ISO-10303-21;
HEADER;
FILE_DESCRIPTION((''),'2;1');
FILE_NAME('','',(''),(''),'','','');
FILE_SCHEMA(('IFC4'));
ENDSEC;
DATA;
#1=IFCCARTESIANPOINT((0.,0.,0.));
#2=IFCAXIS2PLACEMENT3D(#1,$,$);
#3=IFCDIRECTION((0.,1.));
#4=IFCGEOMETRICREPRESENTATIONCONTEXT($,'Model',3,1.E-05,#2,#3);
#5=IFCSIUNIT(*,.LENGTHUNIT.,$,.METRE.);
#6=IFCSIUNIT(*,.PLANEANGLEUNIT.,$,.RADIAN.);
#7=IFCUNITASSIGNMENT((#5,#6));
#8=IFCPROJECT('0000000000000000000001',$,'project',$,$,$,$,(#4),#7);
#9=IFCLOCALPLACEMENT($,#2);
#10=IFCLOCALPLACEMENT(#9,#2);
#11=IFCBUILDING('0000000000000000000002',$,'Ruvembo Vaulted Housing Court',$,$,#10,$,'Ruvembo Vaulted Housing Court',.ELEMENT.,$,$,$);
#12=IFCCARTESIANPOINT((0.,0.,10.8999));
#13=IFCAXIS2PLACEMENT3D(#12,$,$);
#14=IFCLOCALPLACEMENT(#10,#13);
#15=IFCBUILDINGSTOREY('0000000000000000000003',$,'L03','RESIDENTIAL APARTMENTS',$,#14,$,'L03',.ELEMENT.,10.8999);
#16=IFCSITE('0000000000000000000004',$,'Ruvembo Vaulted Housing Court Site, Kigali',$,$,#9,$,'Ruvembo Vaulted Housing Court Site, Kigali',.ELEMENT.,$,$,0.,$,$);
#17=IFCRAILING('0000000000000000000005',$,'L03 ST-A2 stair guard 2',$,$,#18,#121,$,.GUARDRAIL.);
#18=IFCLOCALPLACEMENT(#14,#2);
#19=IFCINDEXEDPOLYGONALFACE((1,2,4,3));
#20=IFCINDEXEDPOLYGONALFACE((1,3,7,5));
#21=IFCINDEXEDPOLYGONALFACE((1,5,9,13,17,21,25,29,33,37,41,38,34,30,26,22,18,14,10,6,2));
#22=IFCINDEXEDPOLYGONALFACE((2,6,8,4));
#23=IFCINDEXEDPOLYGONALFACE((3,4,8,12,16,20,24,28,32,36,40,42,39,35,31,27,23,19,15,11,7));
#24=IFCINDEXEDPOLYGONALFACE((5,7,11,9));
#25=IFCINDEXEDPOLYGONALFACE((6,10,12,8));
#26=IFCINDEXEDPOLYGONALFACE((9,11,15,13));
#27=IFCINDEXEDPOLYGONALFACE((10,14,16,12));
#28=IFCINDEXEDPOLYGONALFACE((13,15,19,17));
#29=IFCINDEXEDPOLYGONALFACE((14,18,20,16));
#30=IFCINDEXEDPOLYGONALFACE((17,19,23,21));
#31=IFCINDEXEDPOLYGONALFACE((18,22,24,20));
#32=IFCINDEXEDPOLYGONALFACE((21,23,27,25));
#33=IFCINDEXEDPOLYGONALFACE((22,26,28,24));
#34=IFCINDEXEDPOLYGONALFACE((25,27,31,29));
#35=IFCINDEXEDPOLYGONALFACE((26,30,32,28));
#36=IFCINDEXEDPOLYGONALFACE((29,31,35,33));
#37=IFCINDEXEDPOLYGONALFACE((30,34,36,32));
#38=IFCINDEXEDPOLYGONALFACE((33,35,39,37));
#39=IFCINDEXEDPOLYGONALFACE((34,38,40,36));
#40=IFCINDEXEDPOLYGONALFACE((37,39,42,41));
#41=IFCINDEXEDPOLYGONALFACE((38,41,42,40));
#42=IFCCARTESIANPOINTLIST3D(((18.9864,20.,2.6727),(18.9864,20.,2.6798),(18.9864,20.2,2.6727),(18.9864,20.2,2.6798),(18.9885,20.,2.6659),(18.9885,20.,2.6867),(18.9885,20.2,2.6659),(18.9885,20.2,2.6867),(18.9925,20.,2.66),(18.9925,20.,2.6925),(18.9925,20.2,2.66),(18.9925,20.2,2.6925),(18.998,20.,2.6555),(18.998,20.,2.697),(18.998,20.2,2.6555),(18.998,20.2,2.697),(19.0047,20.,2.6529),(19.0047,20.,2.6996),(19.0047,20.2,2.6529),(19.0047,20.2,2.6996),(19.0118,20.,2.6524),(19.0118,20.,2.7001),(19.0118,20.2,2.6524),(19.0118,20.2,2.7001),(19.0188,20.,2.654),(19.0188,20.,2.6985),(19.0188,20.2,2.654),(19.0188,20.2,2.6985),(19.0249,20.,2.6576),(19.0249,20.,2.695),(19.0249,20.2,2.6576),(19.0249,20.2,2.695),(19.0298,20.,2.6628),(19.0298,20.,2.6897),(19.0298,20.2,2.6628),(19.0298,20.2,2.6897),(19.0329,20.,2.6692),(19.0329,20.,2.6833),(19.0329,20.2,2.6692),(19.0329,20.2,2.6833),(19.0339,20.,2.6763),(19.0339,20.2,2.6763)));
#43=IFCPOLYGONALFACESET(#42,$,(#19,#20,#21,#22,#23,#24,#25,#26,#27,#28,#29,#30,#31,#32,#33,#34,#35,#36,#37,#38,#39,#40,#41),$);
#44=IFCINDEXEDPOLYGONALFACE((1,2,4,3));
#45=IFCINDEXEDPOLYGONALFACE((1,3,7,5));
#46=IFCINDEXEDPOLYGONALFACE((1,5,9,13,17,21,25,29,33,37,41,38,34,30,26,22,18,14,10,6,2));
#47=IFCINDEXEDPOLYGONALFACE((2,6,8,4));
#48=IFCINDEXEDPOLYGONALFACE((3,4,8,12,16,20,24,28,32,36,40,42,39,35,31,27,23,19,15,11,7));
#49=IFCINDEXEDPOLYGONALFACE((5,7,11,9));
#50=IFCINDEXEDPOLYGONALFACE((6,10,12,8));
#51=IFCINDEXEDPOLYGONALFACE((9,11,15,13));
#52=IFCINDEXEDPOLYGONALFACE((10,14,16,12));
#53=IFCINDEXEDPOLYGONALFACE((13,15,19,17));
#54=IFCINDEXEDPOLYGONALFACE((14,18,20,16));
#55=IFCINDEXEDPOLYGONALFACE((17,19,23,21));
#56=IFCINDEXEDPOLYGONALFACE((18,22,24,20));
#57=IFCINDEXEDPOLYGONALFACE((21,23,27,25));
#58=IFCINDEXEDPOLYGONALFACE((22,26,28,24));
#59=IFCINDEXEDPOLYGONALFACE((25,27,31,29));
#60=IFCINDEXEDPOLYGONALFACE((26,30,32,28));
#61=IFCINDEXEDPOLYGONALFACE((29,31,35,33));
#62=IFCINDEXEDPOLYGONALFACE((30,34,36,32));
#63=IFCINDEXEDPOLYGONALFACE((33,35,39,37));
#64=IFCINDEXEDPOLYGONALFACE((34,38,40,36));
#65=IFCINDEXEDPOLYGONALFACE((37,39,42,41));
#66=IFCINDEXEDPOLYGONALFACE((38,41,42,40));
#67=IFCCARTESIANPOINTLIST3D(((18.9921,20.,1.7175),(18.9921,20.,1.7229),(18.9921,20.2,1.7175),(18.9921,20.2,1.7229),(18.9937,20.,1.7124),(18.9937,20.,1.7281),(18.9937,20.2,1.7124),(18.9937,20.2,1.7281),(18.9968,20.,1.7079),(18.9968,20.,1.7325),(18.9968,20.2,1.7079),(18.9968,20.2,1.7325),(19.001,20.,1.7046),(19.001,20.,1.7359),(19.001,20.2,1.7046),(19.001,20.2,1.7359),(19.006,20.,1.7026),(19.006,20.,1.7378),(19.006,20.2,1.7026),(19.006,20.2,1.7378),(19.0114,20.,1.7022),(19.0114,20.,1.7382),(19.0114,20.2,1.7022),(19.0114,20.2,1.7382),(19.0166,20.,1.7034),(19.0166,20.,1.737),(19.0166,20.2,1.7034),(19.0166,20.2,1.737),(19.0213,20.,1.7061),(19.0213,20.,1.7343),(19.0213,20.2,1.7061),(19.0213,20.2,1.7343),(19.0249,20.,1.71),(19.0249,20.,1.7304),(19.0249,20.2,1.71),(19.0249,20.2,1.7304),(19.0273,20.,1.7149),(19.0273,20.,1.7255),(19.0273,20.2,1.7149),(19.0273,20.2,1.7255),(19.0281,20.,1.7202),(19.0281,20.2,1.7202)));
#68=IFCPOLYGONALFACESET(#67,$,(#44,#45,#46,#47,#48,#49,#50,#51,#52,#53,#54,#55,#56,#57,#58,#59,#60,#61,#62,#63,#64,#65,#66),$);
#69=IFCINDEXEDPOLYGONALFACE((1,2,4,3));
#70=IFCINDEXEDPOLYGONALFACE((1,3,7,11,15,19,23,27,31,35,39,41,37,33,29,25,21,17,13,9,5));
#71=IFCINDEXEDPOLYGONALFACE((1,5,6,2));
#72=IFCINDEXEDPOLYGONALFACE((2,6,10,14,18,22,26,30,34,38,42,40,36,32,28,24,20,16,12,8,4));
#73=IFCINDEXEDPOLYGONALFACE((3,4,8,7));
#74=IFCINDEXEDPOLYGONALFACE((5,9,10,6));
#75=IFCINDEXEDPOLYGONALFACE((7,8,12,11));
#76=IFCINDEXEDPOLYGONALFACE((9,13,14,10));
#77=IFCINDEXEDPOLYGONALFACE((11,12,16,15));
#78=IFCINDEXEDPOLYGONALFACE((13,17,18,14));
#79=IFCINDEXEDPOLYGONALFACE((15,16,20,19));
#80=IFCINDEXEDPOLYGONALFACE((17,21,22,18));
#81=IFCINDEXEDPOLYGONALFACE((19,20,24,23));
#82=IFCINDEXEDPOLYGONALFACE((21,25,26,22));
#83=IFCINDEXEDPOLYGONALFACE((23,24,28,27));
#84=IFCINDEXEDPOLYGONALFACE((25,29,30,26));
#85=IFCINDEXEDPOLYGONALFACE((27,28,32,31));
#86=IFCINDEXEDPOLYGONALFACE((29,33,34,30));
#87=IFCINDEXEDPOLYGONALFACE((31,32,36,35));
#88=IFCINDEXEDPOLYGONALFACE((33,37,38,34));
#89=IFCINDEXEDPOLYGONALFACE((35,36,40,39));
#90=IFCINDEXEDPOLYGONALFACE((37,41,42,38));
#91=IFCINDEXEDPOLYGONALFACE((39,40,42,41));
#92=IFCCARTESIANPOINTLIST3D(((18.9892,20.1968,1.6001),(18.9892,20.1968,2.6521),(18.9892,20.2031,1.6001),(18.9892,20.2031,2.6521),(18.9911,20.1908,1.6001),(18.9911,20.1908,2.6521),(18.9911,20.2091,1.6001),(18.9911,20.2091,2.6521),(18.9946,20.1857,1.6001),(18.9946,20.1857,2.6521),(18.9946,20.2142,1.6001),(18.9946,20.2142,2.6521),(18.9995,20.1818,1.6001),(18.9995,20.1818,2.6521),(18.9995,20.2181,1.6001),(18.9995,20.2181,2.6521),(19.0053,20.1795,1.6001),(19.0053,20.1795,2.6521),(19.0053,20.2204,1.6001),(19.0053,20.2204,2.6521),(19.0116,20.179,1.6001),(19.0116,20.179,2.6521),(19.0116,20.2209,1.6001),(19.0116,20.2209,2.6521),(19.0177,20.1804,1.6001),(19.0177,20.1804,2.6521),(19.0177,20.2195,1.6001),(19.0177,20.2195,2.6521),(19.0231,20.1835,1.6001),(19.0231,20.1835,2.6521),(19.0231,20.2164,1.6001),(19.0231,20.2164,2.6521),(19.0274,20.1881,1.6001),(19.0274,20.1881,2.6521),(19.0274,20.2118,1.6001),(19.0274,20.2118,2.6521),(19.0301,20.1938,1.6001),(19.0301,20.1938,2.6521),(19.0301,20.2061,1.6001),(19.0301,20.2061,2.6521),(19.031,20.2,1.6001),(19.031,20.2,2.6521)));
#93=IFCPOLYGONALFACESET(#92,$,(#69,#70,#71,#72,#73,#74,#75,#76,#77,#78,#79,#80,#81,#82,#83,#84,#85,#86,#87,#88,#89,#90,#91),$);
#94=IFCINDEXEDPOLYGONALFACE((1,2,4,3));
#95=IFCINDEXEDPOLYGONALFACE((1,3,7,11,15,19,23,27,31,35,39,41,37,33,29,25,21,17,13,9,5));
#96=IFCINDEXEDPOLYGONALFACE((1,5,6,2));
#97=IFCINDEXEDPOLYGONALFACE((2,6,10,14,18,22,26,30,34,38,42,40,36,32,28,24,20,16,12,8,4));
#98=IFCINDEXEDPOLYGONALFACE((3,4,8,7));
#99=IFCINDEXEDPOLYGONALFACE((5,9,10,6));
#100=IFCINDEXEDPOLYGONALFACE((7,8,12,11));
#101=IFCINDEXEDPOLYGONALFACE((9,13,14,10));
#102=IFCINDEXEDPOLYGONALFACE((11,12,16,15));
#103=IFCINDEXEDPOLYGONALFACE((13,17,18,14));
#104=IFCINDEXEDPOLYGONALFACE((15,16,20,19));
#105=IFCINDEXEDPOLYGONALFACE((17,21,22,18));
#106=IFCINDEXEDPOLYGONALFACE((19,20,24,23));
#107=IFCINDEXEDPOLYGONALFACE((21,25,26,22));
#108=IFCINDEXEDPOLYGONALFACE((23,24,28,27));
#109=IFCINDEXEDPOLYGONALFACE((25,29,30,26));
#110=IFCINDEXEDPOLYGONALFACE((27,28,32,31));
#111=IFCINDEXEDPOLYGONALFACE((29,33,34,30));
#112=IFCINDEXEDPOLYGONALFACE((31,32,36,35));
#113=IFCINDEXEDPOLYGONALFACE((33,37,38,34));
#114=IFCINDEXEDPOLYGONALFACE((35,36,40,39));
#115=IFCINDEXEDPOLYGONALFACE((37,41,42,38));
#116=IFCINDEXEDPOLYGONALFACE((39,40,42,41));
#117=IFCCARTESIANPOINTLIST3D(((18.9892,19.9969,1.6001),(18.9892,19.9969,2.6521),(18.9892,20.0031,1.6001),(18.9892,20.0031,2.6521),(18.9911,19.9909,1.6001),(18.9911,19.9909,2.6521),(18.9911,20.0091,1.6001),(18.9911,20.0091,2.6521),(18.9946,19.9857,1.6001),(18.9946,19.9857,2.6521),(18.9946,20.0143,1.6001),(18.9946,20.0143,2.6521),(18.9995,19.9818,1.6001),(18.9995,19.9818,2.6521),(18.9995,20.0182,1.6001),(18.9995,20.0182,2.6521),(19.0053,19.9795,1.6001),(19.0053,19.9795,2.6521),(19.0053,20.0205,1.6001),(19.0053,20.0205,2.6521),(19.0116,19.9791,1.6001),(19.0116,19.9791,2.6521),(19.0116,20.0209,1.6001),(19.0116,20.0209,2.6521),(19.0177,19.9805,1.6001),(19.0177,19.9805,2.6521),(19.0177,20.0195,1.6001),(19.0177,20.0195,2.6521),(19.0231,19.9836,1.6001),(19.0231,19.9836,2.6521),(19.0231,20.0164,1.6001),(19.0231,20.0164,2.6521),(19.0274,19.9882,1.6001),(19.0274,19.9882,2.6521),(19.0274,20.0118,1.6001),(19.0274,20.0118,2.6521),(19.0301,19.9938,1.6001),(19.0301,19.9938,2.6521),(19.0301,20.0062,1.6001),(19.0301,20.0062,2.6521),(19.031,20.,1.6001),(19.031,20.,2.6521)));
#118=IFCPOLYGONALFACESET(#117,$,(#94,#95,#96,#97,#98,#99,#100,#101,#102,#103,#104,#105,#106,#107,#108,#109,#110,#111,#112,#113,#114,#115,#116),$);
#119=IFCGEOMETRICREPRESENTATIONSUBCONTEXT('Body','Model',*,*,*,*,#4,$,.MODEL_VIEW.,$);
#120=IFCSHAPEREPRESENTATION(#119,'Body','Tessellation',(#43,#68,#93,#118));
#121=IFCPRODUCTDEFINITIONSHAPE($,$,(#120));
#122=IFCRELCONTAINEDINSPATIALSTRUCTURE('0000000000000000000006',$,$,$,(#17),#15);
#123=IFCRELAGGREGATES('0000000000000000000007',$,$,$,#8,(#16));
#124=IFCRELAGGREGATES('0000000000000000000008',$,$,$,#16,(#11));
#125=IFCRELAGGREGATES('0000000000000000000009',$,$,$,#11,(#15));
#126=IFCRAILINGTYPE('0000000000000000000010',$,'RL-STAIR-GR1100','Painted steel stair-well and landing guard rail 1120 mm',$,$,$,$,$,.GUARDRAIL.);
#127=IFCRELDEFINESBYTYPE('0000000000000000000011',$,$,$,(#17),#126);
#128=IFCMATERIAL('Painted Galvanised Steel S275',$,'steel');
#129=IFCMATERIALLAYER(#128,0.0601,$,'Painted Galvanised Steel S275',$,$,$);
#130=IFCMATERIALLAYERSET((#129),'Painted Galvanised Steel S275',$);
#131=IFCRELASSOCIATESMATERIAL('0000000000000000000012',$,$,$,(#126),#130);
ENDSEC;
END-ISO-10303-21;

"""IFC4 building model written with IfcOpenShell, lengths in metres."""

from ifc_helpers import new_model, si_unit, direction, frame, origin, origin_2d, place, context, subcontext, project, spatial, circle, extrude, material, layer, layer_set, type_object, element, save


model = new_model("IFC4")

# Units and contexts
model_context = context("Model", 3, precision=1e-05, world=origin(), true_north=direction((0.0, 1.0)))
body_context = subcontext(model_context, "Body", "Model", "MODEL_VIEW")
ifc_project = project(units=[si_unit("LENGTHUNIT", "METRE"), si_unit("PLANEANGLEUNIT", "RADIAN")], contexts=[model_context])

# Site, building, storey
site_placement = place(None, origin())
site = spatial("IfcSite", under=ifc_project, at=site_placement, Name="Ruvembo Vaulted Housing Court Site, Kigali", LongName="Ruvembo Vaulted Housing Court Site, Kigali", CompositionType="ELEMENT", RefElevation=0.0)
building_placement = place(site_placement, origin())
building = spatial("IfcBuilding", under=site, at=building_placement, Name="Ruvembo Vaulted Housing Court", LongName="Ruvembo Vaulted Housing Court", CompositionType="ELEMENT")
storey_placement = place(building_placement, frame((0.0, 0.0, 10.8999)))
storey = spatial("IfcBuildingStorey", under=building, at=storey_placement, Name="L03", Description="RESIDENTIAL APARTMENTS", LongName="L03", CompositionType="ELEMENT", Elevation=10.8999)

# Railing
ifc_material_1 = material(Name="Painted Galvanised Steel S275", Category="steel")
ifc_layer_1 = layer(ifc_material_1, 0.0601, Name="Painted Galvanised Steel S275")
ifc_layer_set_1 = layer_set([ifc_layer_1], Name="Painted Galvanised Steel S275")
railing_type_1 = type_object("IfcRailingType", Name="RL-STAIR-GR1100", Description="Painted steel stair-well and landing guard rail 1120 mm", PredefinedType="GUARDRAIL", material=ifc_layer_set_1)
railing_1_placement = place(storey_placement, frame((19.01, 20.2, 1.6001)))
element("IfcRailing", 1, at=railing_1_placement, inside=storey, type_object=railing_type_1, Name="L03 ST-A2 stair guard 2", PredefinedType="GUARDRAIL", context=body_context, shape_type="SweptSolid", body=[
    extrude(circle(Radius=0.0239, at=origin_2d()), frame((0.0, 0.0, 1.0762), z_axis=(0.0, -1.0, 0.0), x_axis=(1.0, 0.0, 0.0)), (0.0, 0.0, 1.0), 0.2),
    extrude(circle(Radius=0.0181, at=origin_2d()), frame((0.0, 0.0, 0.1201), z_axis=(0.0, -1.0, 0.0), x_axis=(1.0, 0.0, 0.0)), (0.0, 0.0, 1.0), 0.2),
    extrude(circle(Radius=0.021, at=origin_2d()), origin(), (0.0, 0.0, 1.0), 1.052),
    extrude(circle(Radius=0.021, at=origin_2d()), frame((0.0, -0.2, 0.0)), (0.0, 0.0, 1.0), 1.052),
])

save(model, "model.ifc")
